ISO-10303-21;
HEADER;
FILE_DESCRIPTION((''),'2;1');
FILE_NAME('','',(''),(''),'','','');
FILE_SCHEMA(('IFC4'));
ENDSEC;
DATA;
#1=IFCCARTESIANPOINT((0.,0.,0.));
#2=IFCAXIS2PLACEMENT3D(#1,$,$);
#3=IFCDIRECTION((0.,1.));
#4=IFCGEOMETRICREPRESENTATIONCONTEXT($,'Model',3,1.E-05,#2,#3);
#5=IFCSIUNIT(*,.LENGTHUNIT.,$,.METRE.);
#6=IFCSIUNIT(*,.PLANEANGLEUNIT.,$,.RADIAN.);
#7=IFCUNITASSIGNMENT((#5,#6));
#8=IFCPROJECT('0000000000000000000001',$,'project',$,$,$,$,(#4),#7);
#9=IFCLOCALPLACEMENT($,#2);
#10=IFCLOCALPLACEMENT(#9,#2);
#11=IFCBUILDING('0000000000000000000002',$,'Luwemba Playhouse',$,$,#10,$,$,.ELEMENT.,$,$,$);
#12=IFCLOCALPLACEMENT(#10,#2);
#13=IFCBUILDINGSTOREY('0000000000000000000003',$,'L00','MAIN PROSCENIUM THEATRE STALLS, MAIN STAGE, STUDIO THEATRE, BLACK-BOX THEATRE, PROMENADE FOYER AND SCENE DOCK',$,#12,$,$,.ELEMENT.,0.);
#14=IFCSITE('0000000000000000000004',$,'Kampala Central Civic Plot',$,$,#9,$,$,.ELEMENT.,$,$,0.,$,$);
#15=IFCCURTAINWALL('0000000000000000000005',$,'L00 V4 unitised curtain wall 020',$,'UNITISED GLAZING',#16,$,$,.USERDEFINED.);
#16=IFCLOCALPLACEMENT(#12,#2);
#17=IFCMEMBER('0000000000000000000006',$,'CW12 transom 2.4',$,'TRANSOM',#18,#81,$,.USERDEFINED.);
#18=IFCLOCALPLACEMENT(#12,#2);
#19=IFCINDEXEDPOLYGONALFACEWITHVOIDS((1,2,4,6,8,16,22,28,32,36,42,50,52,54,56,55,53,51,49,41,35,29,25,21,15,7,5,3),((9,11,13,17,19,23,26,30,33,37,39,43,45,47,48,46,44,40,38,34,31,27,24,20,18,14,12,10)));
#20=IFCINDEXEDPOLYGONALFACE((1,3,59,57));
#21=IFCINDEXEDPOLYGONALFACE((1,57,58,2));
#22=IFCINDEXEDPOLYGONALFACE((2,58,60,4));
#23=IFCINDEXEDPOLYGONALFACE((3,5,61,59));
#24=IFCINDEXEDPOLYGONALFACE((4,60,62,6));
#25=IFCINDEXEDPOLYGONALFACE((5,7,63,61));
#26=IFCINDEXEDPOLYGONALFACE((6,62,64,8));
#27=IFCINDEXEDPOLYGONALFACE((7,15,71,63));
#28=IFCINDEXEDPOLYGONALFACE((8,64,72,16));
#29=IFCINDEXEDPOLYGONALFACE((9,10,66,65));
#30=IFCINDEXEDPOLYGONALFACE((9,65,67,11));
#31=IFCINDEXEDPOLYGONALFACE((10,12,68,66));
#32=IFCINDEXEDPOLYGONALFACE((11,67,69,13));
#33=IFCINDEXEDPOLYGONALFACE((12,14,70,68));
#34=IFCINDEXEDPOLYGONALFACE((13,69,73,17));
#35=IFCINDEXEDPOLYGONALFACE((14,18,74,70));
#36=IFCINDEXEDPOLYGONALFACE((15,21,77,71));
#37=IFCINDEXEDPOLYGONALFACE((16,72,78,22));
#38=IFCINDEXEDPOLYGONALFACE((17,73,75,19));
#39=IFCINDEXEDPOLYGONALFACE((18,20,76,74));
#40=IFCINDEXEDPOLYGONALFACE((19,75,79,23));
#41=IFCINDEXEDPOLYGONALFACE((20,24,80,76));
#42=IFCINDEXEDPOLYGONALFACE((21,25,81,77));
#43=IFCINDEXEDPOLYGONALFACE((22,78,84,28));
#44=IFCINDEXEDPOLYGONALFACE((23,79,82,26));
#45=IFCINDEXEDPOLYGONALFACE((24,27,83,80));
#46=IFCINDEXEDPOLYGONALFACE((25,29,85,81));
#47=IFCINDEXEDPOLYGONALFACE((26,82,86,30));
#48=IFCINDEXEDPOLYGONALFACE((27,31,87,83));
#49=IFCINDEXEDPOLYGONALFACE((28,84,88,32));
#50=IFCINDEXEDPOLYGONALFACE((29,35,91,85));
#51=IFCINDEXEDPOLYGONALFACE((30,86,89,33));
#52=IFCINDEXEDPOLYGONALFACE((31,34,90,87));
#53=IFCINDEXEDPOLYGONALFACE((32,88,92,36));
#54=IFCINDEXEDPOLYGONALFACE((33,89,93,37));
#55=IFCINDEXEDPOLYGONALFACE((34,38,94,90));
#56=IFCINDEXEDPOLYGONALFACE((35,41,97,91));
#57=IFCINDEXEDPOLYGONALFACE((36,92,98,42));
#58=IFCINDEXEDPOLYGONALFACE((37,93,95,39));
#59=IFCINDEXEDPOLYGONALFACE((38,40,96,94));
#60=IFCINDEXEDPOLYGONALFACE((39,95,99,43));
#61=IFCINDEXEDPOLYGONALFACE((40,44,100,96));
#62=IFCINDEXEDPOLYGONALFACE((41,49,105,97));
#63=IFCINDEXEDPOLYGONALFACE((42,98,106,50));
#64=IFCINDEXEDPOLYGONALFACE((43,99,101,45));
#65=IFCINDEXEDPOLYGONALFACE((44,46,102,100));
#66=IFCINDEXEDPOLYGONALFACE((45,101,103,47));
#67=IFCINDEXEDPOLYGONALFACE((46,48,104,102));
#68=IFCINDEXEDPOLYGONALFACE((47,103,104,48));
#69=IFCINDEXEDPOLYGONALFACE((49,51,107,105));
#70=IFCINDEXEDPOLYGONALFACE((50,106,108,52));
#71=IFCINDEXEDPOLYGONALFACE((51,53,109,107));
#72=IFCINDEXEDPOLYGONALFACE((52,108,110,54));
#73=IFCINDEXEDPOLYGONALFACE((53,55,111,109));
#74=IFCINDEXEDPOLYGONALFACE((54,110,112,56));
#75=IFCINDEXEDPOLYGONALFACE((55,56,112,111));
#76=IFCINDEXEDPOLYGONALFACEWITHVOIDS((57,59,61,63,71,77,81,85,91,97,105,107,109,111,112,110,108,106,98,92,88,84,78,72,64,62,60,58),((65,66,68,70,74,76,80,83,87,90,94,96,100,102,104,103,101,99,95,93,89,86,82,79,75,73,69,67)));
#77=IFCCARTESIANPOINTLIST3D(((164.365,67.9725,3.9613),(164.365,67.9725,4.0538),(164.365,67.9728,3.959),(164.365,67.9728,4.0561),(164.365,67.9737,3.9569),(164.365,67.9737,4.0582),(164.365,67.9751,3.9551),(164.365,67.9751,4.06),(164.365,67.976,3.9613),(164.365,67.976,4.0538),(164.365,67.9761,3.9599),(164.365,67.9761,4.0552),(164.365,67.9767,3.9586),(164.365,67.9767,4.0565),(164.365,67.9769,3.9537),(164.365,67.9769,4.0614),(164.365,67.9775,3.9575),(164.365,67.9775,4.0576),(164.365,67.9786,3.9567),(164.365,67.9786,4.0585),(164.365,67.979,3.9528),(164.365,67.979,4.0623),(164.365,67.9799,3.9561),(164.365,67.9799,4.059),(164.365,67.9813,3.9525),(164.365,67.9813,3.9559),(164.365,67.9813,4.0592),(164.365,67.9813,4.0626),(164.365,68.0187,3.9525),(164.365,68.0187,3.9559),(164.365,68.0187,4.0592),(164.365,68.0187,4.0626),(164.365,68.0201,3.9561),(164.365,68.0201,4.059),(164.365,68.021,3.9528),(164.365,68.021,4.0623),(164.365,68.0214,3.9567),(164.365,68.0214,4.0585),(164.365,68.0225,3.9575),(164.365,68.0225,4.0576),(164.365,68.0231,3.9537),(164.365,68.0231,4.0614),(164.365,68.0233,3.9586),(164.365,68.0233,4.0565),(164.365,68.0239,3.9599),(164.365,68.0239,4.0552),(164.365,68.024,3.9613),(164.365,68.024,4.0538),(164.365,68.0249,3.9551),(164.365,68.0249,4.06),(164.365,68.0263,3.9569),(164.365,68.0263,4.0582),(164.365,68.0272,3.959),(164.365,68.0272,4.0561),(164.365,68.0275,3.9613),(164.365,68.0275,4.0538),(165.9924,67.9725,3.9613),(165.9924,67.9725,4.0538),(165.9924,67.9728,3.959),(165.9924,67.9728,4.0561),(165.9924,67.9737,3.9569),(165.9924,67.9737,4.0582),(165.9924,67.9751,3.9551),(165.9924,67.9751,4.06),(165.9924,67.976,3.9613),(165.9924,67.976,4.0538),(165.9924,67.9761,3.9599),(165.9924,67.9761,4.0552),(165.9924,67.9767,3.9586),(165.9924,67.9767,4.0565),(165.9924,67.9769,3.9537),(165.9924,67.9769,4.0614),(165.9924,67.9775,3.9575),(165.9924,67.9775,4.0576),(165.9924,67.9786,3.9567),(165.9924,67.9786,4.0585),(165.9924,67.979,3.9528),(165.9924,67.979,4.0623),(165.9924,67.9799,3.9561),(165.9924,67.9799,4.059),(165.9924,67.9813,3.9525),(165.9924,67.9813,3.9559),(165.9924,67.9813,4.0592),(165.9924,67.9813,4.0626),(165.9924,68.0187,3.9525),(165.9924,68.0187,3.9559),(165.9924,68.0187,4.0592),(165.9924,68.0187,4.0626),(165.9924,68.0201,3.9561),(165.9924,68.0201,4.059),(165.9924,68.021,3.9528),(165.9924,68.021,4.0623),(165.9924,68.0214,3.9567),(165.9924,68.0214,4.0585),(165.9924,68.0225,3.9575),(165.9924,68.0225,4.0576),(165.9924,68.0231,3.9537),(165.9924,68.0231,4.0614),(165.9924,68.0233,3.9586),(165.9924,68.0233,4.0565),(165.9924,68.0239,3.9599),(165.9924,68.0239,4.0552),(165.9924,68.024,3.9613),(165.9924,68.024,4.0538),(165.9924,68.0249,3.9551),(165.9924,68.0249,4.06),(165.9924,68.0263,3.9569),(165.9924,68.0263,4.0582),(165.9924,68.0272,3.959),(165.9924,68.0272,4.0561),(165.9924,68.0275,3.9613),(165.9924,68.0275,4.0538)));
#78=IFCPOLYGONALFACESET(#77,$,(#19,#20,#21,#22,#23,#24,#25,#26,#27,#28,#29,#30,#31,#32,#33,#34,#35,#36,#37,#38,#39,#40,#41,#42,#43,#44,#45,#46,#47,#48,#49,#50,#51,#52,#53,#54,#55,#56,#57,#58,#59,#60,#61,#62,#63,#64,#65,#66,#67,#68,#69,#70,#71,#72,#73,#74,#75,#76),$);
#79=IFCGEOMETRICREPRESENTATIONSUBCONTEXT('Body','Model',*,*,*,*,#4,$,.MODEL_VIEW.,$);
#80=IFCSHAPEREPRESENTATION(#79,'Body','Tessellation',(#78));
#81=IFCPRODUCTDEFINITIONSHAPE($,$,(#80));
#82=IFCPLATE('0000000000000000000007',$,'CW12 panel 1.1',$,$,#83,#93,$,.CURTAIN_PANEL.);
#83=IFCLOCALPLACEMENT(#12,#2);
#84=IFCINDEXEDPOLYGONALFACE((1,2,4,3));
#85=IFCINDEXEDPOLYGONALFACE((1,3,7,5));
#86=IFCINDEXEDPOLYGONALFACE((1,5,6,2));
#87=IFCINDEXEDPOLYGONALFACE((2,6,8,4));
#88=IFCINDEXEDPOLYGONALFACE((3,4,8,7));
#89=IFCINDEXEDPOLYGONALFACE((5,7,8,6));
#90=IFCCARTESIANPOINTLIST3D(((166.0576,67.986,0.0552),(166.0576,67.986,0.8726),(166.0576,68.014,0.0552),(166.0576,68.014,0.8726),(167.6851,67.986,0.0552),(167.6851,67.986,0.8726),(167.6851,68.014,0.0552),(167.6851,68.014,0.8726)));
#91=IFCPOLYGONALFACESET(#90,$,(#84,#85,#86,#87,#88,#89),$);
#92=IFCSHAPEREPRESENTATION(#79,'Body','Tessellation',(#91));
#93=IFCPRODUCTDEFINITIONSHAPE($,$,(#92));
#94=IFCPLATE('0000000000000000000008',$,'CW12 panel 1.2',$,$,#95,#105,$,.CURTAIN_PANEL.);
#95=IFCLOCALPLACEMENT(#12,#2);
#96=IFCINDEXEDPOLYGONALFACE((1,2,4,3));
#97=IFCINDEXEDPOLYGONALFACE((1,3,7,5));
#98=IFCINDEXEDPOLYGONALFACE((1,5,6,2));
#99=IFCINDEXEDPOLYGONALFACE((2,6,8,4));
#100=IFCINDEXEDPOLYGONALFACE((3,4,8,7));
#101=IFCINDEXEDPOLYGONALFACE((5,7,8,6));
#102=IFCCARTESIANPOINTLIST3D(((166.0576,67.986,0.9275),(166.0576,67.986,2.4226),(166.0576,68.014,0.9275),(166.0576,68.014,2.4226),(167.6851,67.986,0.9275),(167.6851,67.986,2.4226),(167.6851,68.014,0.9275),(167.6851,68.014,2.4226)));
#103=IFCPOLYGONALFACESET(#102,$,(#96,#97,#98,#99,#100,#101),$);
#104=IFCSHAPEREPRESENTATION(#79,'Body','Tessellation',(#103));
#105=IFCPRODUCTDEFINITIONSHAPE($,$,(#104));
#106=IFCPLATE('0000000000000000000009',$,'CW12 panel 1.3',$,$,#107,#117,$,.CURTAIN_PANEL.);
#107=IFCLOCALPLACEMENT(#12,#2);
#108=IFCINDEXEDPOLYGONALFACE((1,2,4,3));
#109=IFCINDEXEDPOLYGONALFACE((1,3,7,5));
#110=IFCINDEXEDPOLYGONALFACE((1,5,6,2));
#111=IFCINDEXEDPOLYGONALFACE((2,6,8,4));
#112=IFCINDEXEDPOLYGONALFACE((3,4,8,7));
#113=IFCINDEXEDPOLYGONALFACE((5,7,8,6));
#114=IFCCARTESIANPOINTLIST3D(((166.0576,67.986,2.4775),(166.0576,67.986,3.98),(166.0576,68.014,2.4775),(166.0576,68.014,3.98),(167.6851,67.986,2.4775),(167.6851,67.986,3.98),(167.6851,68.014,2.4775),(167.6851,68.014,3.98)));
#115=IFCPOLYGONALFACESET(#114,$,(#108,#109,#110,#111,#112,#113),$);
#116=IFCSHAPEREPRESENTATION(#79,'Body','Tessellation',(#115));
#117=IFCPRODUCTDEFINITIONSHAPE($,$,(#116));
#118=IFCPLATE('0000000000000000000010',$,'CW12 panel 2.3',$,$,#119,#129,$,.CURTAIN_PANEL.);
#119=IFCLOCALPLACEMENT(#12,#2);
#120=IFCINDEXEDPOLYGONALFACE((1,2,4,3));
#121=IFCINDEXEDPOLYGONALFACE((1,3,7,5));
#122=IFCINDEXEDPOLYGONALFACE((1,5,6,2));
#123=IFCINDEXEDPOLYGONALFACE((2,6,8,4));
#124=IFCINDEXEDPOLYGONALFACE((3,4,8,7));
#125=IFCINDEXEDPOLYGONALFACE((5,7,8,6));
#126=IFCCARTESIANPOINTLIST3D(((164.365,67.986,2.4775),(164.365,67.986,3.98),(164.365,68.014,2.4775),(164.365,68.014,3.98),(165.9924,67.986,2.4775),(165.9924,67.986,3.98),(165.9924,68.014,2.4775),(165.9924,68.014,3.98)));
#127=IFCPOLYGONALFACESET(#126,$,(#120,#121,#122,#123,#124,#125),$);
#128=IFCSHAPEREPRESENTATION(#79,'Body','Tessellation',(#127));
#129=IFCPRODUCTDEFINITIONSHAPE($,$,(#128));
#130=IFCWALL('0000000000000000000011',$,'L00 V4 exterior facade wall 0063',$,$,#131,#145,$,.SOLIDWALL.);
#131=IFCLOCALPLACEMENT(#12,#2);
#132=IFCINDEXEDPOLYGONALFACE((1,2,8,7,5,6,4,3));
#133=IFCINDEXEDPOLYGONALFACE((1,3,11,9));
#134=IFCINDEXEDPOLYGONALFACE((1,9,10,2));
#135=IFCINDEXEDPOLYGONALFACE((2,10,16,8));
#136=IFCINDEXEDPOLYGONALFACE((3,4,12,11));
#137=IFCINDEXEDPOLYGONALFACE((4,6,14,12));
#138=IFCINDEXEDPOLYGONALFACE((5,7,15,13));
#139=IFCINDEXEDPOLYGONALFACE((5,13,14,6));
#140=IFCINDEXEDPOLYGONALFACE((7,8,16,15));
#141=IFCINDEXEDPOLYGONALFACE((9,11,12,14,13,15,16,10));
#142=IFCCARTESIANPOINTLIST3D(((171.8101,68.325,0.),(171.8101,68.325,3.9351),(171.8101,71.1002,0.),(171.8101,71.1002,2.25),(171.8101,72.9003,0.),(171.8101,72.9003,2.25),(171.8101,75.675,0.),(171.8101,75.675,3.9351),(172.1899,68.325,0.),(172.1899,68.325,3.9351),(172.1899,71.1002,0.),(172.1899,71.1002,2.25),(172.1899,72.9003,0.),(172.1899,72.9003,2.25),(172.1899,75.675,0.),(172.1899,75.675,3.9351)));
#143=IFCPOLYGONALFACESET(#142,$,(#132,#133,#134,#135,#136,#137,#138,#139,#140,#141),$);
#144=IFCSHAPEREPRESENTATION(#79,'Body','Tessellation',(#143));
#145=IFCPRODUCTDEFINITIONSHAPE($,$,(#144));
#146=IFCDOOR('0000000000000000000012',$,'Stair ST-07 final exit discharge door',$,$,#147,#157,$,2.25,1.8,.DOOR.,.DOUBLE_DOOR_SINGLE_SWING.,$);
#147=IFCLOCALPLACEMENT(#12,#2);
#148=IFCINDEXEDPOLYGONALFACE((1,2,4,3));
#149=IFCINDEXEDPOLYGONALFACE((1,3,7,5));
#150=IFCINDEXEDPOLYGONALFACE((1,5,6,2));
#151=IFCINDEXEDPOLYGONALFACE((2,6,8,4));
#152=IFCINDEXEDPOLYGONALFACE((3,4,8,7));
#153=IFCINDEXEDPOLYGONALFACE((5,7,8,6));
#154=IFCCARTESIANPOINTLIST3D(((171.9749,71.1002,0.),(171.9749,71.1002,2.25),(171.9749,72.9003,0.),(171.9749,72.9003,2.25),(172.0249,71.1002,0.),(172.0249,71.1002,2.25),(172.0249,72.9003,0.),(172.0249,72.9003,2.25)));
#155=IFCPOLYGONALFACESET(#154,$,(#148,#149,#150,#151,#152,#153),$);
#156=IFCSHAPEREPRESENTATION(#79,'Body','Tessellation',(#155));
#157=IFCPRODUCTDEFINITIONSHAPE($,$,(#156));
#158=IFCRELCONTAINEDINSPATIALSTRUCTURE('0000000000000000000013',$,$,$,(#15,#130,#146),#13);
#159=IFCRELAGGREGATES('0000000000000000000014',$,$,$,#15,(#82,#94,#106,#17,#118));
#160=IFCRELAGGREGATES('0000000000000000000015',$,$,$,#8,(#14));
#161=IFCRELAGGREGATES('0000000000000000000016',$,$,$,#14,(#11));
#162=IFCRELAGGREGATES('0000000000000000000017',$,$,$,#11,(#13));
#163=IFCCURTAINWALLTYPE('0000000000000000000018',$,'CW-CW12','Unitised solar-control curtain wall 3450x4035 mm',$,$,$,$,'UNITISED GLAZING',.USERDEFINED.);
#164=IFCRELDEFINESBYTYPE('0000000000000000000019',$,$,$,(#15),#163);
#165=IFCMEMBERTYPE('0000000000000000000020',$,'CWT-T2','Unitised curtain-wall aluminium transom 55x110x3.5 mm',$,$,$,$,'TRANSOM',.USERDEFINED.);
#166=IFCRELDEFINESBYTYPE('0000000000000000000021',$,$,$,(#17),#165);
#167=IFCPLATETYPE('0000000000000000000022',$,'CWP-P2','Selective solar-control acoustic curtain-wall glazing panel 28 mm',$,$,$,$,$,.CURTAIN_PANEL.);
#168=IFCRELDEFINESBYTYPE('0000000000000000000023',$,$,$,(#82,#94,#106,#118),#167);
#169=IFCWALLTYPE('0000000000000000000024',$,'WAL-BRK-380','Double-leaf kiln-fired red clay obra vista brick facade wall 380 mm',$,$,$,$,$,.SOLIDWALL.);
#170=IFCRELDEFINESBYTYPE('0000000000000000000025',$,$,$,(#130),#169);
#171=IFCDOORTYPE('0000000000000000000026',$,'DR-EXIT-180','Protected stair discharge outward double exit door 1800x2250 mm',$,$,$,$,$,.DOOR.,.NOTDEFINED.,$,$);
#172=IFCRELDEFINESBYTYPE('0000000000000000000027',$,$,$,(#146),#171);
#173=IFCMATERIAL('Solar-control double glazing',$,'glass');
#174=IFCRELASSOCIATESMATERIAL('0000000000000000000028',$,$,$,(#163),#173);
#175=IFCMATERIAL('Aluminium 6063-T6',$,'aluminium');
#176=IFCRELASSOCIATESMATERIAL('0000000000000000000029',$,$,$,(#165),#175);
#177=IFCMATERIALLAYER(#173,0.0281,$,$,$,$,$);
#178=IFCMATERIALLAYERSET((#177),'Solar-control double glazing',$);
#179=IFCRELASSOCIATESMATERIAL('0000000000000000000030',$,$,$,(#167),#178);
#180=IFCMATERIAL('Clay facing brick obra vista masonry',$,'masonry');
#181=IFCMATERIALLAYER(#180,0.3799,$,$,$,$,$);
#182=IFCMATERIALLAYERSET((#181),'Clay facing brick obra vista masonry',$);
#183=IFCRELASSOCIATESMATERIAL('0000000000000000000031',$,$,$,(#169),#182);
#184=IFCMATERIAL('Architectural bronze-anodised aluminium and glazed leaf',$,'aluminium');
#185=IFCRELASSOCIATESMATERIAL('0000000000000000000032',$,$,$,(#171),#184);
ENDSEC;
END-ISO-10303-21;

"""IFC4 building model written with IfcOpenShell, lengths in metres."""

from ifc_helpers import new_model, si_unit, direction, frame, frame_2d, origin, origin_2d, place, context, subcontext, project, spatial, rectangle, hollow_rectangle, extrude, material, layer, layer_set, material_profile, profile_set, type_object, element, fill, aggregate, save


model = new_model("IFC4")

# Units and contexts
model_context = context("Model", 3, precision=1e-05, world=origin(), true_north=direction((0.0, 1.0)))
body_context = subcontext(model_context, "Body", "Model", "MODEL_VIEW")
ifc_project = project(units=[si_unit("LENGTHUNIT", "METRE"), si_unit("PLANEANGLEUNIT", "RADIAN")], contexts=[model_context])

# Site, building, storey
site_placement = place(None, origin())
site = spatial("IfcSite", under=ifc_project, at=site_placement, Name="Kampala Central Civic Plot", CompositionType="ELEMENT", RefElevation=0.0)
building_placement = place(site_placement, origin())
building = spatial("IfcBuilding", under=site, at=building_placement, Name="Luwemba Playhouse", CompositionType="ELEMENT")
storey_placement = place(building_placement, origin())
storey = spatial("IfcBuildingStorey", under=building, at=storey_placement, Name="L00", Description="MAIN PROSCENIUM THEATRE STALLS, MAIN STAGE, STUDIO THEATRE, BLACK-BOX THEATRE, PROMENADE FOYER AND SCENE DOCK", CompositionType="ELEMENT", Elevation=0.0)

# Curtain wall, member, plates
ifc_material_1 = material(Name="Solar-control double glazing", Category="glass")
curtain_wall_type = type_object("IfcCurtainWallType", Name="CW-CW12", Description="Unitised solar-control curtain wall 3450x4035 mm", ElementType="UNITISED GLAZING", PredefinedType="USERDEFINED", material=ifc_material_1)
curtain_wall_placement = place(storey_placement, origin())
curtain_wall = element("IfcCurtainWall", 1, at=curtain_wall_placement, inside=storey, type_object=curtain_wall_type, Name="L00 V4 unitised curtain wall 020", ObjectType="UNITISED GLAZING", PredefinedType="USERDEFINED")
ifc_material_2 = material(Name="Aluminium 6063-T6", Category="aluminium")
ifc_material_profile_1 = material_profile(ifc_material_2, hollow_rectangle(XDim=0.0549, YDim=0.1101, WallThickness=0.0034, InnerFilletRadius=0.0054, OuterFilletRadius=0.0088, at=origin_2d()))
ifc_profile_set_1 = profile_set([ifc_material_profile_1], Name="Aluminium 6063-T6")
member_type_1 = type_object("IfcMemberType", Name="CWT-T2", Description="Unitised curtain-wall aluminium transom 55x110x3.5 mm", ElementType="TRANSOM", PredefinedType="USERDEFINED", material=ifc_profile_set_1)
member_1_placement = place(storey_placement, frame((165.9924, 68.0, 4.0076), z_axis=(-1.0, 0.0, 0.0), x_axis=(0.0, -1.0, 0.0)))
member_1 = element("IfcMember", 2, at=member_1_placement, type_object=member_type_1, Name="CW12 transom 2.4", ObjectType="TRANSOM", PredefinedType="USERDEFINED", context=body_context, shape_type="SweptSolid", body=[
    extrude(hollow_rectangle(XDim=0.0549, YDim=0.1101, WallThickness=0.0034, InnerFilletRadius=0.0054, OuterFilletRadius=0.0088, at=origin_2d()), origin(), (0.0, 0.0, 1.0), 1.6274),
])
ifc_layer_1 = layer(ifc_material_1, 0.0281)
ifc_layer_set_1 = layer_set([ifc_layer_1], Name="Solar-control double glazing")
plate_type = type_object("IfcPlateType", Name="CWP-P2", Description="Selective solar-control acoustic curtain-wall glazing panel 28 mm", PredefinedType="CURTAIN_PANEL", material=ifc_layer_set_1)
plate_1_placement = place(storey_placement, frame((166.8713, 68.0, 0.0552), z_axis=(0.0, 0.0, 1.0), x_axis=(-1.0, 0.0, 0.0)))
plate_1 = element("IfcPlate", 3, at=plate_1_placement, type_object=plate_type, Name="CW12 panel 1.1", PredefinedType="CURTAIN_PANEL", context=body_context, shape_type="SweptSolid", body=[
    extrude(rectangle(XDim=1.6274, YDim=0.0281, at=origin_2d()), origin(), (0.0, 0.0, 1.0), 0.8174),
])
plate_2_placement = place(storey_placement, frame((166.8713, 68.0, 0.9275), z_axis=(0.0, 0.0, 1.0), x_axis=(-1.0, 0.0, 0.0)))
plate_2 = element("IfcPlate", 4, at=plate_2_placement, type_object=plate_type, Name="CW12 panel 1.2", PredefinedType="CURTAIN_PANEL", context=body_context, shape_type="SweptSolid", body=[
    extrude(rectangle(XDim=1.6274, YDim=0.0281, at=origin_2d()), origin(), (0.0, 0.0, 1.0), 1.4951),
])
plate_3_placement = place(storey_placement, frame((166.8713, 68.0, 2.4775), z_axis=(0.0, 0.0, 1.0), x_axis=(-1.0, 0.0, 0.0)))
plate_3 = element("IfcPlate", 5, at=plate_3_placement, type_object=plate_type, Name="CW12 panel 1.3", PredefinedType="CURTAIN_PANEL", context=body_context, shape_type="SweptSolid", body=[
    extrude(rectangle(XDim=1.6274, YDim=0.0281, at=origin_2d()), origin(), (0.0, 0.0, 1.0), 1.5024),
])
plate_4_placement = place(storey_placement, frame((165.1787, 68.0, 2.4775), z_axis=(0.0, 0.0, 1.0), x_axis=(-1.0, 0.0, 0.0)))
plate_4 = element("IfcPlate", 6, at=plate_4_placement, type_object=plate_type, Name="CW12 panel 2.3", PredefinedType="CURTAIN_PANEL", context=body_context, shape_type="SweptSolid", body=[
    extrude(rectangle(XDim=1.6274, YDim=0.0281, at=origin_2d()), origin(), (0.0, 0.0, 1.0), 1.5024),
])
aggregate(curtain_wall, [plate_1, plate_2, plate_3, member_1, plate_4])

# Wall, opening, door
ifc_material_3 = material(Name="Clay facing brick obra vista masonry", Category="masonry")
ifc_layer_2 = layer(ifc_material_3, 0.3799)
ifc_layer_set_2 = layer_set([ifc_layer_2], Name="Clay facing brick obra vista masonry")
wall_type_1 = type_object("IfcWallType", Name="WAL-BRK-380", Description="Double-leaf kiln-fired red clay obra vista brick facade wall 380 mm", PredefinedType="SOLIDWALL", material=ifc_layer_set_2)
wall_1_placement = place(storey_placement, frame((172.0, 75.675, 0.0), z_axis=(0.0, 0.0, 1.0), x_axis=(0.0, -1.0, 0.0)))
wall_1 = element("IfcWall", 7, at=wall_1_placement, inside=storey, type_object=wall_type_1, Name="L00 V4 exterior facade wall 0063", PredefinedType="SOLIDWALL", context=body_context, shape_type="SweptSolid", body=[
    extrude(rectangle(XDim=7.3501, YDim=0.3799, at=frame_2d((3.675, 0.0))), origin(), (0.0, 0.0, 1.0), 3.9351),
])
opening_1_placement = place(wall_1_placement, frame((2.7749, 0.0, 0.0)))
opening_1 = element("IfcOpeningElement", 8, at=opening_1_placement, cuts=wall_1, PredefinedType="OPENING", context=body_context, shape_type="SweptSolid", body=[
    extrude(rectangle(XDim=1.8, YDim=2.25, at=frame_2d((0.8999, 1.125))), frame((0.0, 0.2, 0.0), z_axis=(0.0, -1.0, 0.0), x_axis=(1.0, 0.0, 0.0)), (0.0, 0.0, 1.0), 0.3999),
])
ifc_material_4 = material(Name="Architectural bronze-anodised aluminium and glazed leaf", Category="aluminium")
door_type = type_object("IfcDoorType", Name="DR-EXIT-180", Description="Protected stair discharge outward double exit door 1800x2250 mm", OperationType="NOTDEFINED", PredefinedType="DOOR", material=ifc_material_4)
door_placement = place(opening_1_placement, origin())
door = element("IfcDoor", 9, at=door_placement, inside=storey, type_object=door_type, Name="Stair ST-07 final exit discharge door", OperationType="DOUBLE_DOOR_SINGLE_SWING", OverallHeight=2.25, OverallWidth=1.8, PredefinedType="DOOR", context=body_context, shape_type="SweptSolid", body=[
    extrude(rectangle(XDim=1.8, YDim=2.25, at=frame_2d((0.8999, 1.125))), frame((0.0, 0.0249, 0.0), z_axis=(0.0, -1.0, 0.0), x_axis=(1.0, 0.0, 0.0)), (0.0, 0.0, 1.0), 0.05),
])
fill(opening_1, door)

save(model, "model.ifc")
